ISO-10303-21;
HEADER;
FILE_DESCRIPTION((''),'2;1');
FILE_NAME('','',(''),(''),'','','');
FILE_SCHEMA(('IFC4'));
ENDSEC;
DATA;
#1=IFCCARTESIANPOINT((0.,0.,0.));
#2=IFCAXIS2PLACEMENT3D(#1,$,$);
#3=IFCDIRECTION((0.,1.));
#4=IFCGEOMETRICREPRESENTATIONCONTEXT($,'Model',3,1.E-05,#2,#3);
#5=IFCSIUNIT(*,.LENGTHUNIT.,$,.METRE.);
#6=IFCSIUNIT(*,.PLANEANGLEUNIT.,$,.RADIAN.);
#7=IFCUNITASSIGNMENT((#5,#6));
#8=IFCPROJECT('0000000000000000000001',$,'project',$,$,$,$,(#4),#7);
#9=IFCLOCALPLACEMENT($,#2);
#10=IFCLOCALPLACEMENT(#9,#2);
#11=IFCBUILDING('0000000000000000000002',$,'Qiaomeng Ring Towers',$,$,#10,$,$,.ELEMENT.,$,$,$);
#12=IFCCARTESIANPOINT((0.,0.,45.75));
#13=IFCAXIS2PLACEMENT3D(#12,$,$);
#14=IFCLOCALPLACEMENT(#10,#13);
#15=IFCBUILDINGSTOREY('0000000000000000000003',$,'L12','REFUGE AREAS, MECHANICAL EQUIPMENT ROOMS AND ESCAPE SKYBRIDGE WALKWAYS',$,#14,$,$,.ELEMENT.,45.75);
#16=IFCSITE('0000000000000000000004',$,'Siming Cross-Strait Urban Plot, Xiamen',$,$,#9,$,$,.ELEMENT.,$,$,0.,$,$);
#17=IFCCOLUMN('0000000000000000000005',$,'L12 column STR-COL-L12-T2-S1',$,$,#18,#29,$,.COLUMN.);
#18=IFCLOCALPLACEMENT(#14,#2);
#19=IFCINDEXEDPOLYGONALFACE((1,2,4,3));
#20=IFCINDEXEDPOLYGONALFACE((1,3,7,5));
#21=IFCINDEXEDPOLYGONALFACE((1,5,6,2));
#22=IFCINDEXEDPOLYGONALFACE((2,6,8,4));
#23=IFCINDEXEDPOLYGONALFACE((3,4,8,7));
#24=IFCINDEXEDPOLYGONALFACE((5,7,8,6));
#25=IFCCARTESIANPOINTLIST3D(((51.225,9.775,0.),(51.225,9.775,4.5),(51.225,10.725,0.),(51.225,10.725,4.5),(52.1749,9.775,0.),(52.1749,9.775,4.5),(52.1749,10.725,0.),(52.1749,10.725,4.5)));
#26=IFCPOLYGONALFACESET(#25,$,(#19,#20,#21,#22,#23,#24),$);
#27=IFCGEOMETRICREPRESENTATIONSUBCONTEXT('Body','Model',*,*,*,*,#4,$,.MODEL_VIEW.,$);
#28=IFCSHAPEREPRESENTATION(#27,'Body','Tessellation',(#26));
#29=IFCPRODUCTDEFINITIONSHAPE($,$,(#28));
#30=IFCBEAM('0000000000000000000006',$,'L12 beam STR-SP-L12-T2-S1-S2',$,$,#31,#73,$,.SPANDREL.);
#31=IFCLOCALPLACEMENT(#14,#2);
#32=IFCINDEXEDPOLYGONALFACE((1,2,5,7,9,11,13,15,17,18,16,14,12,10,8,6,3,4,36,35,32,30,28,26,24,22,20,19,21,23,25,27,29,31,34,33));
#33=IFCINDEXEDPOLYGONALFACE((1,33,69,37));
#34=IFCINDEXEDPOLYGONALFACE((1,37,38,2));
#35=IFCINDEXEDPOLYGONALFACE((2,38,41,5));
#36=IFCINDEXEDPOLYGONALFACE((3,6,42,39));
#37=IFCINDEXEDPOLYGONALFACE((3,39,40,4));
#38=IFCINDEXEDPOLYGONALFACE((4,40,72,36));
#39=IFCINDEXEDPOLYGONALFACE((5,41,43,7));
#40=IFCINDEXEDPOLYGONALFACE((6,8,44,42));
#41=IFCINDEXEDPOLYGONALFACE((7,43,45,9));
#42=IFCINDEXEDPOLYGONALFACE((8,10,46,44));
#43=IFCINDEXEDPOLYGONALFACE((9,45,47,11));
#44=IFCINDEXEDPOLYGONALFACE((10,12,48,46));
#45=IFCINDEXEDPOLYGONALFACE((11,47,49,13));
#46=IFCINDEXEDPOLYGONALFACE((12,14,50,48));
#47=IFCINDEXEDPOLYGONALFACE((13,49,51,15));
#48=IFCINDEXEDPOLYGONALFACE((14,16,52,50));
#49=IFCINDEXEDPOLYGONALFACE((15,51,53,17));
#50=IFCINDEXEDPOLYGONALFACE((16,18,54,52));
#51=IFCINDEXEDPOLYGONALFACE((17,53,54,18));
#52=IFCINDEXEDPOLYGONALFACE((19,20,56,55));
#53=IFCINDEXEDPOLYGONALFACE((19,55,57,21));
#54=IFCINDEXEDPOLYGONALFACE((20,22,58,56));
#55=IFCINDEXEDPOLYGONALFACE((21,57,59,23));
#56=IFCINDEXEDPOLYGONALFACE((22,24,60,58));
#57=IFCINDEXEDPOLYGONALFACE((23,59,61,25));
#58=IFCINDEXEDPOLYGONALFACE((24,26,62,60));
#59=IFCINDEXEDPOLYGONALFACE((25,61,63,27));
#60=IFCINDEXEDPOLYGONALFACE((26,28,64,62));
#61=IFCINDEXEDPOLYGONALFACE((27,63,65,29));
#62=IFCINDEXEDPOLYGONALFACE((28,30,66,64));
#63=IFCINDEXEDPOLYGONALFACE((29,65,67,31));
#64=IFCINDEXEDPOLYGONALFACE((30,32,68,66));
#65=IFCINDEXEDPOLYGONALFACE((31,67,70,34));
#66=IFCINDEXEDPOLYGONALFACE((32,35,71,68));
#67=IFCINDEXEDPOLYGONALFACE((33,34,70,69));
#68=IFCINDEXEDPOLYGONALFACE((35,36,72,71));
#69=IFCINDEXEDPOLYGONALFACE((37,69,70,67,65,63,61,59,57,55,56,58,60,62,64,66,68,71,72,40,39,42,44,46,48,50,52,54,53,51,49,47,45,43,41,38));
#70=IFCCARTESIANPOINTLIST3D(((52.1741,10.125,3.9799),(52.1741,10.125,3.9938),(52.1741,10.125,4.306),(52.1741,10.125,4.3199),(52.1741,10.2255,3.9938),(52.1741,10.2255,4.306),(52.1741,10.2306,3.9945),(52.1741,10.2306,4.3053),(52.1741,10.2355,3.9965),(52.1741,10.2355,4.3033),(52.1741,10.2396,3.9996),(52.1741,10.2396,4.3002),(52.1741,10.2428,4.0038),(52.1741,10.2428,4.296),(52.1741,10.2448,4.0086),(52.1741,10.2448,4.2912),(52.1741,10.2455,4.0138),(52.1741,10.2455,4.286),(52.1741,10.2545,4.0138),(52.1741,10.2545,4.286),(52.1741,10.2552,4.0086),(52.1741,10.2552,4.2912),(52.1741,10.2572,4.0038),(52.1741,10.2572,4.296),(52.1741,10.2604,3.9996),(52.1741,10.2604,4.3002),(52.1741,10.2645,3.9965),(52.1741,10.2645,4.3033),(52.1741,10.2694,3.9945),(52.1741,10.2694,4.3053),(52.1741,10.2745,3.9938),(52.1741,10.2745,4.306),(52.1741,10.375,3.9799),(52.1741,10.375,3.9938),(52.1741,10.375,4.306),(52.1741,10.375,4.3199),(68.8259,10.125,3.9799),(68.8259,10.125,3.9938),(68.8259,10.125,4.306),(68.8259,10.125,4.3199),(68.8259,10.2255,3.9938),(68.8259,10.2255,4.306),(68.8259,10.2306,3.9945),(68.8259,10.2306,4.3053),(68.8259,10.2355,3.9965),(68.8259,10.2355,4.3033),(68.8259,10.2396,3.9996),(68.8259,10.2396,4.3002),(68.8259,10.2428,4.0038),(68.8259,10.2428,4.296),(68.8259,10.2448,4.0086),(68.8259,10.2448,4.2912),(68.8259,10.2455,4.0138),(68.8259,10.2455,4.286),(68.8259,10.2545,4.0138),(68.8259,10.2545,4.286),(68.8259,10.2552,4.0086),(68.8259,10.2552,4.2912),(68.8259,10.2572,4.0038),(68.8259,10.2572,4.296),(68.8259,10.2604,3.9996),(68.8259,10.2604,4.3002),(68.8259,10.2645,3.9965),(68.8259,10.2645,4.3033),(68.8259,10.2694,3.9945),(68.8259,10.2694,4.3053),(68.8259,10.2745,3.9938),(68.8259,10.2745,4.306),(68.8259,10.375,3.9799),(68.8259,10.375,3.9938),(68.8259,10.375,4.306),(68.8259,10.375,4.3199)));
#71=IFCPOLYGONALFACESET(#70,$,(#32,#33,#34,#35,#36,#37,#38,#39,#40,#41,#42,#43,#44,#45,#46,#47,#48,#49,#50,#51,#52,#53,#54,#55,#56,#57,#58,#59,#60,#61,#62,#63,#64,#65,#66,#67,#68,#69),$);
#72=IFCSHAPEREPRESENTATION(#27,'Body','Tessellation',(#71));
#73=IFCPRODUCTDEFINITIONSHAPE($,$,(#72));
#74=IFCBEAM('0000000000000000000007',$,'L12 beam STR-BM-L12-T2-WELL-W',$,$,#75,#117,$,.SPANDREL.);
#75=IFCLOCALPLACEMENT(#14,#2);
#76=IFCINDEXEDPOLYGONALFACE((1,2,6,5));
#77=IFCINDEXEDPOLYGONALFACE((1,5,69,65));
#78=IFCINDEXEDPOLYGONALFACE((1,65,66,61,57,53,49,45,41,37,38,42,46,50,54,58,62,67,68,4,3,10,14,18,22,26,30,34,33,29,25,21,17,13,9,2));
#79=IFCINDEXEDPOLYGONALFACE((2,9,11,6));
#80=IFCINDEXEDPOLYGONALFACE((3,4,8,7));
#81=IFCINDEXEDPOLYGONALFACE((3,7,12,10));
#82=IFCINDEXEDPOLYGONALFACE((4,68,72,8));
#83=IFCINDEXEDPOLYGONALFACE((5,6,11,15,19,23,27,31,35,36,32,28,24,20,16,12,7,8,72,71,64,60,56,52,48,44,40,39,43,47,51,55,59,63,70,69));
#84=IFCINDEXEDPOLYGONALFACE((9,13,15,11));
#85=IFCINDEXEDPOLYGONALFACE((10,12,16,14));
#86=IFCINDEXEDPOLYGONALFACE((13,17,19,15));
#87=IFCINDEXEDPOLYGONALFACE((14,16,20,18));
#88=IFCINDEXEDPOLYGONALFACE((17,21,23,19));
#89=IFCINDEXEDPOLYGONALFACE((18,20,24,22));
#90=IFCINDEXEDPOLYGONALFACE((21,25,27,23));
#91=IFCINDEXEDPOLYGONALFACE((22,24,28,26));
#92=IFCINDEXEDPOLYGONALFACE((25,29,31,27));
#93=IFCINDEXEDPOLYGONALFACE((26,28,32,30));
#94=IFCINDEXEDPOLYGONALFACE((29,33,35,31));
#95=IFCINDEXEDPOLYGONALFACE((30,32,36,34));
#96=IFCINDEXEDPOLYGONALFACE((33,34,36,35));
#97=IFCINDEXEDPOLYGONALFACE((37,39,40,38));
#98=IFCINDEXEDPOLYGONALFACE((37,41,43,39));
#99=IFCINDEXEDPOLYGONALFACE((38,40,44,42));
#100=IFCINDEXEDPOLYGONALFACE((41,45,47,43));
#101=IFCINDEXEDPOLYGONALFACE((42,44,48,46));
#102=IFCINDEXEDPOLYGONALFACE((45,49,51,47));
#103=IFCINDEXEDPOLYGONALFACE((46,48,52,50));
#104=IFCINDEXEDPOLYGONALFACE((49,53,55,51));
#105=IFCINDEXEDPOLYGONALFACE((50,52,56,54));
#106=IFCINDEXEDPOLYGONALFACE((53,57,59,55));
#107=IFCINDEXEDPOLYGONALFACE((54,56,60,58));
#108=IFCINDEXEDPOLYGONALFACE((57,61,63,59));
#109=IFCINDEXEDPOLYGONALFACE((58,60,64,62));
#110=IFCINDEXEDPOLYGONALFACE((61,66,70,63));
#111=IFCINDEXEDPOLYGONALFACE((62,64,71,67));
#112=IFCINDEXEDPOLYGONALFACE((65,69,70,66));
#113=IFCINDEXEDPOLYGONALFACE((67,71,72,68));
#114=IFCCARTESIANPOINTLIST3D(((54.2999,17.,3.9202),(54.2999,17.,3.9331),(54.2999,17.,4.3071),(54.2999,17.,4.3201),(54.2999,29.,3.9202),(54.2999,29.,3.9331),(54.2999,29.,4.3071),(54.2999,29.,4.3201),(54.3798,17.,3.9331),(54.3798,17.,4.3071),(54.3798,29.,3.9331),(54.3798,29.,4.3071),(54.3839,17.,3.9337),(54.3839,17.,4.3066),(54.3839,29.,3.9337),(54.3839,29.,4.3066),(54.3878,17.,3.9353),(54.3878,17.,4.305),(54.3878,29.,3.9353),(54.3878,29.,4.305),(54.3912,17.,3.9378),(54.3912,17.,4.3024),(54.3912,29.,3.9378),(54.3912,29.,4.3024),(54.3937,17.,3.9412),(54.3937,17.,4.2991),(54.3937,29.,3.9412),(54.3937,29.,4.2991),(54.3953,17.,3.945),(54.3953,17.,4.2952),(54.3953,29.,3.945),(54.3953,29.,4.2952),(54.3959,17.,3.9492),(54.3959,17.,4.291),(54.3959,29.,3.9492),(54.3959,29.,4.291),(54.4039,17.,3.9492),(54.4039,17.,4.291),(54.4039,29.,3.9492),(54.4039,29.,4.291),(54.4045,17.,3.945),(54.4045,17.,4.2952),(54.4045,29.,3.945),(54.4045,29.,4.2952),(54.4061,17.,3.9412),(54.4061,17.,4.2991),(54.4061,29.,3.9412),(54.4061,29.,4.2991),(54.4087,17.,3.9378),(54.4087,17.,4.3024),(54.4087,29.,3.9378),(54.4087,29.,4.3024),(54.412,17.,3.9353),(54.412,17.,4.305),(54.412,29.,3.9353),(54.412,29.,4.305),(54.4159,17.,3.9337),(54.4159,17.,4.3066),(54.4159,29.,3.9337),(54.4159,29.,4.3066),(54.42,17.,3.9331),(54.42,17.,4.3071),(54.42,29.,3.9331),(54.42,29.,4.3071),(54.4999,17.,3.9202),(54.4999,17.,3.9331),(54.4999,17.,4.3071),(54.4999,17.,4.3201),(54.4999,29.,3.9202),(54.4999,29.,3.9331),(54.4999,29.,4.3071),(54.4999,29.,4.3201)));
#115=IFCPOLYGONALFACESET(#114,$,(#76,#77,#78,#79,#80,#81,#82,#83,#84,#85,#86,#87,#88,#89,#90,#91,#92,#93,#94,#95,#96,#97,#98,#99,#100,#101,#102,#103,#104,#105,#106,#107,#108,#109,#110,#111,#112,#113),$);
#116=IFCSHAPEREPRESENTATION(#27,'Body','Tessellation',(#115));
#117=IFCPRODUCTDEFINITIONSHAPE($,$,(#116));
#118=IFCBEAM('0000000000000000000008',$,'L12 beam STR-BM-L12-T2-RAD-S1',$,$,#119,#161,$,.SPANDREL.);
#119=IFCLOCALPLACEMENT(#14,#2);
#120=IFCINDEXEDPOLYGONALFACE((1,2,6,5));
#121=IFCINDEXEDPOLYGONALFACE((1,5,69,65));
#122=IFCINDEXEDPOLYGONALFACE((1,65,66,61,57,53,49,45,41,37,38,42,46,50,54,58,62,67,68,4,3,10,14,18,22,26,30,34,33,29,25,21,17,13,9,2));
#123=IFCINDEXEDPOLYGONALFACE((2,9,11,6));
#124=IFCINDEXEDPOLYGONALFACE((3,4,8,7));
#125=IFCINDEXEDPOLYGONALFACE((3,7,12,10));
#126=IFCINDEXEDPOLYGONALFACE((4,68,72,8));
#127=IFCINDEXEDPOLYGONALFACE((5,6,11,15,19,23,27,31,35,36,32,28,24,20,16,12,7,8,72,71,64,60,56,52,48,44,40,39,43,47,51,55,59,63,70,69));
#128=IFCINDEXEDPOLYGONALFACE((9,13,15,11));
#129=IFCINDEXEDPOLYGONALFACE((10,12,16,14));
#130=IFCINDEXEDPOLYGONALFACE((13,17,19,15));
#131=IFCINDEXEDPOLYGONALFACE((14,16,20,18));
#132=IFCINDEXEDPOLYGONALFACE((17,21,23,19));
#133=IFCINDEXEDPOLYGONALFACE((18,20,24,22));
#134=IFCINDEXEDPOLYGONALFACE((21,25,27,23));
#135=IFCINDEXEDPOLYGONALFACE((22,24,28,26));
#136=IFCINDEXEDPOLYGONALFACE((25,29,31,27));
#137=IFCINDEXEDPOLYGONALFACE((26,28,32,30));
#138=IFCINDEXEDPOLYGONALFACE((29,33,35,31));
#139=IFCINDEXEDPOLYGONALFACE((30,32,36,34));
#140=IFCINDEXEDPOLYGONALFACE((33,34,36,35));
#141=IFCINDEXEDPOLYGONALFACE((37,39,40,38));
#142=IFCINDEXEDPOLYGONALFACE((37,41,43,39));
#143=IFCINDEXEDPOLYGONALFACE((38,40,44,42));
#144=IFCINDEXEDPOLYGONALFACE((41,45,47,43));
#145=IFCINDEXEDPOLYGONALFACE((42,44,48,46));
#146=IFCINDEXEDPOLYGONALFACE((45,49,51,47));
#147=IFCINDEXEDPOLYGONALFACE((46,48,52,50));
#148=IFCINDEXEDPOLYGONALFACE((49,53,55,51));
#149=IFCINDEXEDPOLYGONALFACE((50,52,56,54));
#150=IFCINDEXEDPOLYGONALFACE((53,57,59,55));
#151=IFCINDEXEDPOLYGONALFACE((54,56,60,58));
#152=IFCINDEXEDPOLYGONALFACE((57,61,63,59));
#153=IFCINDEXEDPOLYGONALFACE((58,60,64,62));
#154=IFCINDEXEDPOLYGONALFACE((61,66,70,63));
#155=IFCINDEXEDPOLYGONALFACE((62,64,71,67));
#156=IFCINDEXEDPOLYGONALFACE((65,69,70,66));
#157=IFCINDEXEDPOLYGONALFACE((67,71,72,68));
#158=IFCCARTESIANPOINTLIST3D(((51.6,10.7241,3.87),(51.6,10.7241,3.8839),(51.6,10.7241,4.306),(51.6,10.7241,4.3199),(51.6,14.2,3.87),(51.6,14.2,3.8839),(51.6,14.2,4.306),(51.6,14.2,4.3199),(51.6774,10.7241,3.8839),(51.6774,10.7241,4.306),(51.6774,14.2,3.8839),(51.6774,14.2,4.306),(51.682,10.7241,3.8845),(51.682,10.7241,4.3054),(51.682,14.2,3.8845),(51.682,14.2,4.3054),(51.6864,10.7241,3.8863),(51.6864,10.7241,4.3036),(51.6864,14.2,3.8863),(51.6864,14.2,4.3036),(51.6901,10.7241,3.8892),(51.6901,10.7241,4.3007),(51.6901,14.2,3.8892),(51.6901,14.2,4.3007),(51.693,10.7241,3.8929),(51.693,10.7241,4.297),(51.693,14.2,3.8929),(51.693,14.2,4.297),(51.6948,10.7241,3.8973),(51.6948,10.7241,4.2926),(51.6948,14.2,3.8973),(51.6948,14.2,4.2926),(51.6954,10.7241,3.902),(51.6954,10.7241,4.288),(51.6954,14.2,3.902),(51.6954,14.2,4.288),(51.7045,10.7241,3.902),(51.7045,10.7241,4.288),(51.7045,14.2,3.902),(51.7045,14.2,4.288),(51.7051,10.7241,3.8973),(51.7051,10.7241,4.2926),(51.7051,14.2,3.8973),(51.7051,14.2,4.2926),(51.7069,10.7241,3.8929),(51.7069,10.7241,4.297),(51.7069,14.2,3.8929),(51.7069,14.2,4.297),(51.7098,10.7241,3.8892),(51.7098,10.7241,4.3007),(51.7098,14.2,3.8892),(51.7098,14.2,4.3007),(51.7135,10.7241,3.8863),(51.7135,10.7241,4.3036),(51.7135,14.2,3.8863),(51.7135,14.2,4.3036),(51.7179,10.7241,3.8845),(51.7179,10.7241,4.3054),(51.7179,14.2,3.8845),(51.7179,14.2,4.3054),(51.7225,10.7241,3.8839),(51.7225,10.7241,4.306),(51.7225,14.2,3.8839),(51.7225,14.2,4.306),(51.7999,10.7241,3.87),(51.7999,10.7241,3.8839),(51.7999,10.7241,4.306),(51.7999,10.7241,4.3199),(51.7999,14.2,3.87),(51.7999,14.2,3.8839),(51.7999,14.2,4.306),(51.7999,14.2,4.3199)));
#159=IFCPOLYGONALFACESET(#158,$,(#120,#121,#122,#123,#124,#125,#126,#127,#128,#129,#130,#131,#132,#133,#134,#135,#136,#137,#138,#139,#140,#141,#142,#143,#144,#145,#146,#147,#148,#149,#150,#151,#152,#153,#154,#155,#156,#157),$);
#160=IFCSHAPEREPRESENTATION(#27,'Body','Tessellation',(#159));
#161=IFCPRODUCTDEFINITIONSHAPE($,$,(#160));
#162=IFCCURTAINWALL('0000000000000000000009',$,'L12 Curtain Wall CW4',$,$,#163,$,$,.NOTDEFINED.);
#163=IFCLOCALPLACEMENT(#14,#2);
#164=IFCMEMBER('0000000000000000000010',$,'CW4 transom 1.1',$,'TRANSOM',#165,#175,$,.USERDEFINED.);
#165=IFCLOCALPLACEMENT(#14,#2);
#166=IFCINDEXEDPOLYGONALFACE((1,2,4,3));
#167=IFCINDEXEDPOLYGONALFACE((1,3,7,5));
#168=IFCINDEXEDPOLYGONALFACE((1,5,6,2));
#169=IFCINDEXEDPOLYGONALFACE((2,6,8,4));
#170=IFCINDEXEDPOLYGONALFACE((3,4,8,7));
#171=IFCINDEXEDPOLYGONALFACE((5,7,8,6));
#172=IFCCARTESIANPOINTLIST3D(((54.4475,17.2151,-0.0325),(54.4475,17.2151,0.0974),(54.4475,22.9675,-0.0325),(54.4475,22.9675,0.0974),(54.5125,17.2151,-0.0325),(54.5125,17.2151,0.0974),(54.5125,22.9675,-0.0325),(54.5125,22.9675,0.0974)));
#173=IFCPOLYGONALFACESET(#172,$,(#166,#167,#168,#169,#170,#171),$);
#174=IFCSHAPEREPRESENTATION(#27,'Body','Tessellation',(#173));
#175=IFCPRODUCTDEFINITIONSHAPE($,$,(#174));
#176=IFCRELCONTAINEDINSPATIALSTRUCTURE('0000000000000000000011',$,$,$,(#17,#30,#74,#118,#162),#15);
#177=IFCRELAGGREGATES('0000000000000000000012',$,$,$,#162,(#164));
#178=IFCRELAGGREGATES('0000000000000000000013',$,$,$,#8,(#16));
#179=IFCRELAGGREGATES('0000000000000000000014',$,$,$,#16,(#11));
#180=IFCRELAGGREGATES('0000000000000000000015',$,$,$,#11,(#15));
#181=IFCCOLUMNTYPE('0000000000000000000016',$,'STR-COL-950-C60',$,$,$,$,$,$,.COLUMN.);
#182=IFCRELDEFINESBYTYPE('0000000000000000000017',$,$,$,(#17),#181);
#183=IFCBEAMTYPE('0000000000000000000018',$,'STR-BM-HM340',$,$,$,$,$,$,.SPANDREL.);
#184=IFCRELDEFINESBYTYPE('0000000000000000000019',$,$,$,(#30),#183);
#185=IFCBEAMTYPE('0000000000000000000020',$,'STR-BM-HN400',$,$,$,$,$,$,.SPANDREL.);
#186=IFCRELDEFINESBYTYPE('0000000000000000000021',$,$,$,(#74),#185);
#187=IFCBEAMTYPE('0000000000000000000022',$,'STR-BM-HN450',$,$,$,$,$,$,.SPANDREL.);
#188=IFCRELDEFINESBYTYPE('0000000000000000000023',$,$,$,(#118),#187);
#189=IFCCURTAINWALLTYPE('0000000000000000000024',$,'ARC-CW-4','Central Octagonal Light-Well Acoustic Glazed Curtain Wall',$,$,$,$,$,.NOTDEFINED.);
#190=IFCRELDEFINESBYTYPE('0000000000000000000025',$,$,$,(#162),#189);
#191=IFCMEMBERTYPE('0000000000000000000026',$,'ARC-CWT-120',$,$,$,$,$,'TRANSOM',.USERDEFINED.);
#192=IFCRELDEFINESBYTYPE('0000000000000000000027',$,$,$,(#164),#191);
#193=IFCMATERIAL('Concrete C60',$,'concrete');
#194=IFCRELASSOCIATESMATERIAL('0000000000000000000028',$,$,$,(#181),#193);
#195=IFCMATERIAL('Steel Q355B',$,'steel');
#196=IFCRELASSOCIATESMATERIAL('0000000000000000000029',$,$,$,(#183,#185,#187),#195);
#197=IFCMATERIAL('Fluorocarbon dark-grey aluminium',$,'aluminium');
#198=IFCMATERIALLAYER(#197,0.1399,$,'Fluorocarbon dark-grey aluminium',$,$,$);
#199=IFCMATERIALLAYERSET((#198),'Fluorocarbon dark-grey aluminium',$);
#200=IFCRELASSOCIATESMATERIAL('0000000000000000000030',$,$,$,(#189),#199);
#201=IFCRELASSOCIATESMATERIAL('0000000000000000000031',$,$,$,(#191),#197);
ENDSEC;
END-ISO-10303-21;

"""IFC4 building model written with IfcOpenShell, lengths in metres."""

from ifc_helpers import new_model, si_unit, direction, frame, origin, origin_2d, place, context, subcontext, project, spatial, rectangle, i_section, extrude, source, transform, mapped, material, layer, layer_set, material_profile, profile_set, type_object, element, aggregate, save


model = new_model("IFC4")

# Units and contexts
model_context = context("Model", 3, precision=1e-05, world=origin(), true_north=direction((0.0, 1.0)))
body_context = subcontext(model_context, "Body", "Model", "MODEL_VIEW")
ifc_project = project(units=[si_unit("LENGTHUNIT", "METRE"), si_unit("PLANEANGLEUNIT", "RADIAN")], contexts=[model_context])

# Site, building, storey
site_placement = place(None, origin())
site = spatial("IfcSite", under=ifc_project, at=site_placement, Name="Siming Cross-Strait Urban Plot, Xiamen", CompositionType="ELEMENT", RefElevation=0.0)
building_placement = place(site_placement, origin())
building = spatial("IfcBuilding", under=site, at=building_placement, Name="Qiaomeng Ring Towers", CompositionType="ELEMENT")
storey_placement = place(building_placement, frame((0.0, 0.0, 45.75)))
storey = spatial("IfcBuildingStorey", under=building, at=storey_placement, Name="L12", Description="REFUGE AREAS, MECHANICAL EQUIPMENT ROOMS AND ESCAPE SKYBRIDGE WALKWAYS", CompositionType="ELEMENT", Elevation=45.75)

# Column
ifc_material_1 = material(Name="Concrete C60", Category="concrete")
ifc_material_profile_1 = material_profile(ifc_material_1, rectangle(XDim=0.95, YDim=0.95, at=origin_2d()), Name="RC COL 950x950")
ifc_profile_set_1 = profile_set([ifc_material_profile_1], Name="Concrete C60")
column_type = type_object("IfcColumnType", Name="STR-COL-950-C60", PredefinedType="COLUMN", material=ifc_profile_set_1)
shared_shape_1 = source(origin(), body_context, "Body", "SweptSolid", [
    extrude(rectangle(XDim=0.95, YDim=0.95, at=origin_2d()), origin(), (0.0, 0.0, 1.0), 4.5),
])
column_placement = place(storey_placement, frame((51.7, 10.25, 0.0), z_axis=(0.0, 0.0, 1.0), x_axis=(1.0, 0.0, 0.0)))
element("IfcColumn", 1, at=column_placement, inside=storey, type_object=column_type, Name="L12 column STR-COL-L12-T2-S1", PredefinedType="COLUMN", context=body_context, shape_type="MappedRepresentation", body=[
    mapped(shared_shape_1, transform((0.0, 0.0, 0.0), x_axis=(1.0, 0.0, 0.0), y_axis=(0.0, 1.0, 0.0), z_axis=(0.0, 0.0, 1.0), scale=1.0)),
])

# Beams
ifc_material_2 = material(Name="Steel Q355B", Category="steel")
ifc_material_profile_2 = material_profile(ifc_material_2, i_section(OverallWidth=0.25, OverallDepth=0.3401, WebThickness=0.009, FlangeThickness=0.0139, FilletRadius=0.02, at=origin_2d()), Name="HM 340x250x9x14")
ifc_profile_set_2 = profile_set([ifc_material_profile_2], Name="Steel Q355B")
beam_type_1 = type_object("IfcBeamType", Name="STR-BM-HM340", PredefinedType="SPANDREL", material=ifc_profile_set_2)
shared_shape_2 = source(origin(), body_context, "Body", "SweptSolid", [
    extrude(i_section(OverallWidth=0.25, OverallDepth=0.3401, WebThickness=0.009, FlangeThickness=0.0139, FilletRadius=0.02, at=origin_2d()), origin(), (0.0, 0.0, 1.0), 16.6519),
])
beam_1_placement = place(storey_placement, frame((52.1741, 10.25, 4.1499), z_axis=(1.0, 0.0, 0.0), x_axis=(0.0, 1.0, 0.0)))
element("IfcBeam", 2, at=beam_1_placement, inside=storey, type_object=beam_type_1, Name="L12 beam STR-SP-L12-T2-S1-S2", PredefinedType="SPANDREL", context=body_context, shape_type="MappedRepresentation", body=[
    mapped(shared_shape_2, transform((0.0, 0.0, 0.0), x_axis=(1.0, 0.0, 0.0), y_axis=(0.0, 1.0, 0.0), z_axis=(0.0, 0.0, 1.0), scale=1.0)),
])
ifc_material_profile_3 = material_profile(ifc_material_2, i_section(OverallWidth=0.2, OverallDepth=0.3999, WebThickness=0.0081, FlangeThickness=0.0129, FilletRadius=0.0161, at=origin_2d()), Name="HN 400x200x8x13")
ifc_profile_set_3 = profile_set([ifc_material_profile_3], Name="Steel Q355B")
beam_type_2 = type_object("IfcBeamType", Name="STR-BM-HN400", PredefinedType="SPANDREL", material=ifc_profile_set_3)
shared_shape_3 = source(origin(), body_context, "Body", "SweptSolid", [
    extrude(i_section(OverallWidth=0.2, OverallDepth=0.3999, WebThickness=0.0081, FlangeThickness=0.0129, FilletRadius=0.0161, at=origin_2d()), origin(), (0.0, 0.0, 1.0), 12.0),
])
beam_2_placement = place(storey_placement, frame((54.3999, 17.0, 4.1201), z_axis=(0.0, 1.0, 0.0), x_axis=(-1.0, 0.0, 0.0)))
element("IfcBeam", 3, at=beam_2_placement, inside=storey, type_object=beam_type_2, Name="L12 beam STR-BM-L12-T2-WELL-W", PredefinedType="SPANDREL", context=body_context, shape_type="MappedRepresentation", body=[
    mapped(shared_shape_3, transform((0.0, 0.0, 0.0), x_axis=(1.0, 0.0, 0.0), y_axis=(0.0, 1.0, 0.0), z_axis=(0.0, 0.0, 1.0), scale=1.0)),
])
ifc_material_profile_4 = material_profile(ifc_material_2, i_section(OverallWidth=0.2, OverallDepth=0.45, WebThickness=0.009, FlangeThickness=0.0139, FilletRadius=0.0181, at=origin_2d()), Name="HN 450x200x9x14")
ifc_profile_set_4 = profile_set([ifc_material_profile_4], Name="Steel Q355B")
beam_type_3 = type_object("IfcBeamType", Name="STR-BM-HN450", PredefinedType="SPANDREL", material=ifc_profile_set_4)
shared_shape_4 = source(origin(), body_context, "Body", "SweptSolid", [
    extrude(i_section(OverallWidth=0.2, OverallDepth=0.45, WebThickness=0.009, FlangeThickness=0.0139, FilletRadius=0.0181, at=origin_2d()), origin(), (0.0, 0.0, 1.0), 3.4758),
])
beam_3_placement = place(storey_placement, frame((51.7, 10.7241, 4.095), z_axis=(0.0, 1.0, 0.0), x_axis=(-1.0, 0.0, 0.0)))
element("IfcBeam", 4, at=beam_3_placement, inside=storey, type_object=beam_type_3, Name="L12 beam STR-BM-L12-T2-RAD-S1", PredefinedType="SPANDREL", context=body_context, shape_type="MappedRepresentation", body=[
    mapped(shared_shape_4, transform((0.0, 0.0, 0.0), x_axis=(1.0, 0.0, 0.0), y_axis=(0.0, 1.0, 0.0), z_axis=(0.0, 0.0, 1.0), scale=1.0)),
])

# Curtain wall, member
ifc_material_3 = material(Name="Fluorocarbon dark-grey aluminium", Category="aluminium")
ifc_layer_1 = layer(ifc_material_3, 0.1399, Name="Fluorocarbon dark-grey aluminium")
ifc_layer_set_1 = layer_set([ifc_layer_1], Name="Fluorocarbon dark-grey aluminium")
curtain_wall_type_1 = type_object("IfcCurtainWallType", Name="ARC-CW-4", Description="Central Octagonal Light-Well Acoustic Glazed Curtain Wall", PredefinedType="NOTDEFINED", material=ifc_layer_set_1)
curtain_wall_1_placement = place(storey_placement, origin())
curtain_wall_1 = element("IfcCurtainWall", 5, at=curtain_wall_1_placement, inside=storey, type_object=curtain_wall_type_1, Name="L12 Curtain Wall CW4", PredefinedType="NOTDEFINED")
ifc_material_profile_5 = material_profile(ifc_material_3, rectangle(XDim=0.0649, YDim=0.1299, at=origin_2d()), Name="ALU TRAN 65x130")
ifc_profile_set_5 = profile_set([ifc_material_profile_5], Name="Fluorocarbon dark-grey aluminium")
member_type_1 = type_object("IfcMemberType", Name="ARC-CWT-120", ElementType="TRANSOM", PredefinedType="USERDEFINED", material=ifc_profile_set_5)
shared_shape_5 = source(origin(), body_context, "Body", "SweptSolid", [
    extrude(rectangle(XDim=0.0649, YDim=0.1299, at=origin_2d()), origin(), (0.0, 0.0, 1.0), 5.7524),
])
member_1_placement = place(storey_placement, frame((54.48, 17.2151, 0.0325), z_axis=(0.0, 1.0, 0.0), x_axis=(-1.0, 0.0, 0.0)))
member_1 = element("IfcMember", 6, at=member_1_placement, type_object=member_type_1, Name="CW4 transom 1.1", ObjectType="TRANSOM", PredefinedType="USERDEFINED", context=body_context, shape_type="MappedRepresentation", body=[
    mapped(shared_shape_5, transform((0.0, 0.0, 0.0), x_axis=(1.0, 0.0, 0.0), y_axis=(0.0, 1.0, 0.0), z_axis=(0.0, 0.0, 1.0), scale=1.0)),
])

aggregate(curtain_wall_1, [member_1])

save(model, "model.ifc")
